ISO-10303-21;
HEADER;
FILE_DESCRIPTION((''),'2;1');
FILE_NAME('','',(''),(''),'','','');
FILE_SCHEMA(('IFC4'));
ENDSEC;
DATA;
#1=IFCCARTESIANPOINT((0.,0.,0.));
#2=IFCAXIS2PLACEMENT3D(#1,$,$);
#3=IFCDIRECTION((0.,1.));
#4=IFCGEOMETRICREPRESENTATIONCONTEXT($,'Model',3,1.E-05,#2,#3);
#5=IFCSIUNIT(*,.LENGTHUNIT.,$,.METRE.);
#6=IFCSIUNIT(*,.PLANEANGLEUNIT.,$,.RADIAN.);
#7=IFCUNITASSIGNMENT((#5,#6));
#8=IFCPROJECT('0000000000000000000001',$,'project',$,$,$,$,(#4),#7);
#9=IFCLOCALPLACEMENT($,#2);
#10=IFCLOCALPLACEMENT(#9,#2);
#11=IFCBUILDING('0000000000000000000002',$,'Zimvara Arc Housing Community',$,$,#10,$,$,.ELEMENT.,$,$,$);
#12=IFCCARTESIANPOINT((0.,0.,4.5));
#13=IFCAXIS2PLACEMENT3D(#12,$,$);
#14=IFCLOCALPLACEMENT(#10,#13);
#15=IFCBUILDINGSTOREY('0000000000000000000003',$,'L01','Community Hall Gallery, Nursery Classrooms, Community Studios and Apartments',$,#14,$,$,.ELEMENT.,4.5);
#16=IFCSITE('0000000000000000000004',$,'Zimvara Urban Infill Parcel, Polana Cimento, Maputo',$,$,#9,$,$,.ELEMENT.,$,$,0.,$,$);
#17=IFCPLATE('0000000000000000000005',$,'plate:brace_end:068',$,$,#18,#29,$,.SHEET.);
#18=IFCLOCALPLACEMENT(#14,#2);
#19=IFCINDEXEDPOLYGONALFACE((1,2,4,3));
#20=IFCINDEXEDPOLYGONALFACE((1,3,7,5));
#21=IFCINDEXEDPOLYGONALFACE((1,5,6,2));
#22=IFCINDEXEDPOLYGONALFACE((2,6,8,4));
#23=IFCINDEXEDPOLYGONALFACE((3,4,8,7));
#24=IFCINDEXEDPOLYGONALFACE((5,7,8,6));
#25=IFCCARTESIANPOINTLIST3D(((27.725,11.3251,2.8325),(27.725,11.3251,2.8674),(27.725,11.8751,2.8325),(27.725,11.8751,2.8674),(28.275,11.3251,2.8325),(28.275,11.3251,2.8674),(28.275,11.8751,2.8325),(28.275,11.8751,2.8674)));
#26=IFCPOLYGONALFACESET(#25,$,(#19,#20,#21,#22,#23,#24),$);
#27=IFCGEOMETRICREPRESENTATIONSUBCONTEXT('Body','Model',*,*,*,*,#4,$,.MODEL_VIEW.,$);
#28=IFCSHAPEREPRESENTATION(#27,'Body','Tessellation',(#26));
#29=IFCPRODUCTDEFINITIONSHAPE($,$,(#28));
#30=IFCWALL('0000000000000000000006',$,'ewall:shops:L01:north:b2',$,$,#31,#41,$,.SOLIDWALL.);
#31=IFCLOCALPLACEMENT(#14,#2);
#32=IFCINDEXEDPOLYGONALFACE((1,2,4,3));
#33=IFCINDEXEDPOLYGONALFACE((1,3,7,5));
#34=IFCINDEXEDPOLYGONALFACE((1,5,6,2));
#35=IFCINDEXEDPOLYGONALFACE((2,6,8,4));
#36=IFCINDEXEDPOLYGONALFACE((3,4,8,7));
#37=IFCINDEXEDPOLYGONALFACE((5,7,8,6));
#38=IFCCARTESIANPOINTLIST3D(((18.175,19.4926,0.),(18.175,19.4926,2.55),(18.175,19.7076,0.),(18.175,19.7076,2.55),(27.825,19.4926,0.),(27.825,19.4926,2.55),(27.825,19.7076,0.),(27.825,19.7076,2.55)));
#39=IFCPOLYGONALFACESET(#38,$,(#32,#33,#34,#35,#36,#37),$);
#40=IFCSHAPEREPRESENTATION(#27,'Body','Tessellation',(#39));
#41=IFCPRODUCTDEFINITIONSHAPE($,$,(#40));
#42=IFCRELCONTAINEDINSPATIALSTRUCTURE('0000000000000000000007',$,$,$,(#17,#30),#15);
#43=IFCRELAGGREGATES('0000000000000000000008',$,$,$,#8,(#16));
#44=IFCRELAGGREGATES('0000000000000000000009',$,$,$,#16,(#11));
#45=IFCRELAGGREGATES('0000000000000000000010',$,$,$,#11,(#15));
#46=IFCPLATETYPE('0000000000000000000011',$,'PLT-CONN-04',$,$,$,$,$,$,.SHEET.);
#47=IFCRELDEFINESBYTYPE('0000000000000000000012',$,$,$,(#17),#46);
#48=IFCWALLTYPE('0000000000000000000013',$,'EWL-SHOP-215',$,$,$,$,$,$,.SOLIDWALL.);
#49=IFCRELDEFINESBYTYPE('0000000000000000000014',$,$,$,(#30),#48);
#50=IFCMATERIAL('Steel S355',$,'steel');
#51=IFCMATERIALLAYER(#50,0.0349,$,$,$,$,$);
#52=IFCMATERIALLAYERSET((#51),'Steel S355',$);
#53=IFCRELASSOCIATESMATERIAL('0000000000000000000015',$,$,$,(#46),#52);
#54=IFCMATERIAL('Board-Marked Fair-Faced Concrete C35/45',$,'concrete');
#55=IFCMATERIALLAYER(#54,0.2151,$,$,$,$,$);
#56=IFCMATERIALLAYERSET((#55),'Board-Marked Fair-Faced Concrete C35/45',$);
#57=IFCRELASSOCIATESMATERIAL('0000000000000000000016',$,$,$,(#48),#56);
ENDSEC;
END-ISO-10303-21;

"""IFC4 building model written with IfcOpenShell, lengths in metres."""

from ifc_helpers import new_model, si_unit, direction, frame, frame_2d, origin, origin_2d, place, context, subcontext, project, spatial, rectangle, extrude, material, layer, layer_set, type_object, element, save


model = new_model("IFC4")

# Units and contexts
model_context = context("Model", 3, precision=1e-05, world=origin(), true_north=direction((0.0, 1.0)))
body_context = subcontext(model_context, "Body", "Model", "MODEL_VIEW")
ifc_project = project(units=[si_unit("LENGTHUNIT", "METRE"), si_unit("PLANEANGLEUNIT", "RADIAN")], contexts=[model_context])

# Site, building, storey
site_placement = place(None, origin())
site = spatial("IfcSite", under=ifc_project, at=site_placement, Name="Zimvara Urban Infill Parcel, Polana Cimento, Maputo", CompositionType="ELEMENT", RefElevation=0.0)
building_placement = place(site_placement, origin())
building = spatial("IfcBuilding", under=site, at=building_placement, Name="Zimvara Arc Housing Community", CompositionType="ELEMENT")
storey_placement = place(building_placement, frame((0.0, 0.0, 4.5)))
storey = spatial("IfcBuildingStorey", under=building, at=storey_placement, Name="L01", Description="Community Hall Gallery, Nursery Classrooms, Community Studios and Apartments", CompositionType="ELEMENT", Elevation=4.5)

# Plate
ifc_material_1 = material(Name="Steel S355", Category="steel")
ifc_layer_1 = layer(ifc_material_1, 0.0349)
ifc_layer_set_1 = layer_set([ifc_layer_1], Name="Steel S355")
plate_type_1 = type_object("IfcPlateType", Name="PLT-CONN-04", PredefinedType="SHEET", material=ifc_layer_set_1)
plate_1_placement = place(storey_placement, frame((28.0, 11.6001, 2.8325), z_axis=(0.0, 0.0, 1.0), x_axis=(1.0, 0.0, 0.0)))
element("IfcPlate", 1, at=plate_1_placement, inside=storey, type_object=plate_type_1, Name="plate:brace_end:068", PredefinedType="SHEET", context=body_context, shape_type="SweptSolid", body=[
    extrude(rectangle(XDim=0.55, YDim=0.55, at=origin_2d()), origin(), (0.0, 0.0, 1.0), 0.0349),
])

# Wall
ifc_material_2 = material(Name="Board-Marked Fair-Faced Concrete C35/45", Category="concrete")
ifc_layer_2 = layer(ifc_material_2, 0.2151)
ifc_layer_set_2 = layer_set([ifc_layer_2], Name="Board-Marked Fair-Faced Concrete C35/45")
wall_type = type_object("IfcWallType", Name="EWL-SHOP-215", PredefinedType="SOLIDWALL", material=ifc_layer_set_2)
wall_placement = place(storey_placement, frame((18.175, 19.6001, 0.0), z_axis=(0.0, 0.0, 1.0), x_axis=(1.0, 0.0, 0.0)))
element("IfcWall", 2, at=wall_placement, inside=storey, type_object=wall_type, Name="ewall:shops:L01:north:b2", PredefinedType="SOLIDWALL", context=body_context, shape_type="SweptSolid", body=[
    extrude(rectangle(XDim=9.6499, YDim=0.2151, at=frame_2d((4.825, 0.0))), origin(), (0.0, 0.0, 1.0), 2.55),
])

save(model, "model.ifc")
